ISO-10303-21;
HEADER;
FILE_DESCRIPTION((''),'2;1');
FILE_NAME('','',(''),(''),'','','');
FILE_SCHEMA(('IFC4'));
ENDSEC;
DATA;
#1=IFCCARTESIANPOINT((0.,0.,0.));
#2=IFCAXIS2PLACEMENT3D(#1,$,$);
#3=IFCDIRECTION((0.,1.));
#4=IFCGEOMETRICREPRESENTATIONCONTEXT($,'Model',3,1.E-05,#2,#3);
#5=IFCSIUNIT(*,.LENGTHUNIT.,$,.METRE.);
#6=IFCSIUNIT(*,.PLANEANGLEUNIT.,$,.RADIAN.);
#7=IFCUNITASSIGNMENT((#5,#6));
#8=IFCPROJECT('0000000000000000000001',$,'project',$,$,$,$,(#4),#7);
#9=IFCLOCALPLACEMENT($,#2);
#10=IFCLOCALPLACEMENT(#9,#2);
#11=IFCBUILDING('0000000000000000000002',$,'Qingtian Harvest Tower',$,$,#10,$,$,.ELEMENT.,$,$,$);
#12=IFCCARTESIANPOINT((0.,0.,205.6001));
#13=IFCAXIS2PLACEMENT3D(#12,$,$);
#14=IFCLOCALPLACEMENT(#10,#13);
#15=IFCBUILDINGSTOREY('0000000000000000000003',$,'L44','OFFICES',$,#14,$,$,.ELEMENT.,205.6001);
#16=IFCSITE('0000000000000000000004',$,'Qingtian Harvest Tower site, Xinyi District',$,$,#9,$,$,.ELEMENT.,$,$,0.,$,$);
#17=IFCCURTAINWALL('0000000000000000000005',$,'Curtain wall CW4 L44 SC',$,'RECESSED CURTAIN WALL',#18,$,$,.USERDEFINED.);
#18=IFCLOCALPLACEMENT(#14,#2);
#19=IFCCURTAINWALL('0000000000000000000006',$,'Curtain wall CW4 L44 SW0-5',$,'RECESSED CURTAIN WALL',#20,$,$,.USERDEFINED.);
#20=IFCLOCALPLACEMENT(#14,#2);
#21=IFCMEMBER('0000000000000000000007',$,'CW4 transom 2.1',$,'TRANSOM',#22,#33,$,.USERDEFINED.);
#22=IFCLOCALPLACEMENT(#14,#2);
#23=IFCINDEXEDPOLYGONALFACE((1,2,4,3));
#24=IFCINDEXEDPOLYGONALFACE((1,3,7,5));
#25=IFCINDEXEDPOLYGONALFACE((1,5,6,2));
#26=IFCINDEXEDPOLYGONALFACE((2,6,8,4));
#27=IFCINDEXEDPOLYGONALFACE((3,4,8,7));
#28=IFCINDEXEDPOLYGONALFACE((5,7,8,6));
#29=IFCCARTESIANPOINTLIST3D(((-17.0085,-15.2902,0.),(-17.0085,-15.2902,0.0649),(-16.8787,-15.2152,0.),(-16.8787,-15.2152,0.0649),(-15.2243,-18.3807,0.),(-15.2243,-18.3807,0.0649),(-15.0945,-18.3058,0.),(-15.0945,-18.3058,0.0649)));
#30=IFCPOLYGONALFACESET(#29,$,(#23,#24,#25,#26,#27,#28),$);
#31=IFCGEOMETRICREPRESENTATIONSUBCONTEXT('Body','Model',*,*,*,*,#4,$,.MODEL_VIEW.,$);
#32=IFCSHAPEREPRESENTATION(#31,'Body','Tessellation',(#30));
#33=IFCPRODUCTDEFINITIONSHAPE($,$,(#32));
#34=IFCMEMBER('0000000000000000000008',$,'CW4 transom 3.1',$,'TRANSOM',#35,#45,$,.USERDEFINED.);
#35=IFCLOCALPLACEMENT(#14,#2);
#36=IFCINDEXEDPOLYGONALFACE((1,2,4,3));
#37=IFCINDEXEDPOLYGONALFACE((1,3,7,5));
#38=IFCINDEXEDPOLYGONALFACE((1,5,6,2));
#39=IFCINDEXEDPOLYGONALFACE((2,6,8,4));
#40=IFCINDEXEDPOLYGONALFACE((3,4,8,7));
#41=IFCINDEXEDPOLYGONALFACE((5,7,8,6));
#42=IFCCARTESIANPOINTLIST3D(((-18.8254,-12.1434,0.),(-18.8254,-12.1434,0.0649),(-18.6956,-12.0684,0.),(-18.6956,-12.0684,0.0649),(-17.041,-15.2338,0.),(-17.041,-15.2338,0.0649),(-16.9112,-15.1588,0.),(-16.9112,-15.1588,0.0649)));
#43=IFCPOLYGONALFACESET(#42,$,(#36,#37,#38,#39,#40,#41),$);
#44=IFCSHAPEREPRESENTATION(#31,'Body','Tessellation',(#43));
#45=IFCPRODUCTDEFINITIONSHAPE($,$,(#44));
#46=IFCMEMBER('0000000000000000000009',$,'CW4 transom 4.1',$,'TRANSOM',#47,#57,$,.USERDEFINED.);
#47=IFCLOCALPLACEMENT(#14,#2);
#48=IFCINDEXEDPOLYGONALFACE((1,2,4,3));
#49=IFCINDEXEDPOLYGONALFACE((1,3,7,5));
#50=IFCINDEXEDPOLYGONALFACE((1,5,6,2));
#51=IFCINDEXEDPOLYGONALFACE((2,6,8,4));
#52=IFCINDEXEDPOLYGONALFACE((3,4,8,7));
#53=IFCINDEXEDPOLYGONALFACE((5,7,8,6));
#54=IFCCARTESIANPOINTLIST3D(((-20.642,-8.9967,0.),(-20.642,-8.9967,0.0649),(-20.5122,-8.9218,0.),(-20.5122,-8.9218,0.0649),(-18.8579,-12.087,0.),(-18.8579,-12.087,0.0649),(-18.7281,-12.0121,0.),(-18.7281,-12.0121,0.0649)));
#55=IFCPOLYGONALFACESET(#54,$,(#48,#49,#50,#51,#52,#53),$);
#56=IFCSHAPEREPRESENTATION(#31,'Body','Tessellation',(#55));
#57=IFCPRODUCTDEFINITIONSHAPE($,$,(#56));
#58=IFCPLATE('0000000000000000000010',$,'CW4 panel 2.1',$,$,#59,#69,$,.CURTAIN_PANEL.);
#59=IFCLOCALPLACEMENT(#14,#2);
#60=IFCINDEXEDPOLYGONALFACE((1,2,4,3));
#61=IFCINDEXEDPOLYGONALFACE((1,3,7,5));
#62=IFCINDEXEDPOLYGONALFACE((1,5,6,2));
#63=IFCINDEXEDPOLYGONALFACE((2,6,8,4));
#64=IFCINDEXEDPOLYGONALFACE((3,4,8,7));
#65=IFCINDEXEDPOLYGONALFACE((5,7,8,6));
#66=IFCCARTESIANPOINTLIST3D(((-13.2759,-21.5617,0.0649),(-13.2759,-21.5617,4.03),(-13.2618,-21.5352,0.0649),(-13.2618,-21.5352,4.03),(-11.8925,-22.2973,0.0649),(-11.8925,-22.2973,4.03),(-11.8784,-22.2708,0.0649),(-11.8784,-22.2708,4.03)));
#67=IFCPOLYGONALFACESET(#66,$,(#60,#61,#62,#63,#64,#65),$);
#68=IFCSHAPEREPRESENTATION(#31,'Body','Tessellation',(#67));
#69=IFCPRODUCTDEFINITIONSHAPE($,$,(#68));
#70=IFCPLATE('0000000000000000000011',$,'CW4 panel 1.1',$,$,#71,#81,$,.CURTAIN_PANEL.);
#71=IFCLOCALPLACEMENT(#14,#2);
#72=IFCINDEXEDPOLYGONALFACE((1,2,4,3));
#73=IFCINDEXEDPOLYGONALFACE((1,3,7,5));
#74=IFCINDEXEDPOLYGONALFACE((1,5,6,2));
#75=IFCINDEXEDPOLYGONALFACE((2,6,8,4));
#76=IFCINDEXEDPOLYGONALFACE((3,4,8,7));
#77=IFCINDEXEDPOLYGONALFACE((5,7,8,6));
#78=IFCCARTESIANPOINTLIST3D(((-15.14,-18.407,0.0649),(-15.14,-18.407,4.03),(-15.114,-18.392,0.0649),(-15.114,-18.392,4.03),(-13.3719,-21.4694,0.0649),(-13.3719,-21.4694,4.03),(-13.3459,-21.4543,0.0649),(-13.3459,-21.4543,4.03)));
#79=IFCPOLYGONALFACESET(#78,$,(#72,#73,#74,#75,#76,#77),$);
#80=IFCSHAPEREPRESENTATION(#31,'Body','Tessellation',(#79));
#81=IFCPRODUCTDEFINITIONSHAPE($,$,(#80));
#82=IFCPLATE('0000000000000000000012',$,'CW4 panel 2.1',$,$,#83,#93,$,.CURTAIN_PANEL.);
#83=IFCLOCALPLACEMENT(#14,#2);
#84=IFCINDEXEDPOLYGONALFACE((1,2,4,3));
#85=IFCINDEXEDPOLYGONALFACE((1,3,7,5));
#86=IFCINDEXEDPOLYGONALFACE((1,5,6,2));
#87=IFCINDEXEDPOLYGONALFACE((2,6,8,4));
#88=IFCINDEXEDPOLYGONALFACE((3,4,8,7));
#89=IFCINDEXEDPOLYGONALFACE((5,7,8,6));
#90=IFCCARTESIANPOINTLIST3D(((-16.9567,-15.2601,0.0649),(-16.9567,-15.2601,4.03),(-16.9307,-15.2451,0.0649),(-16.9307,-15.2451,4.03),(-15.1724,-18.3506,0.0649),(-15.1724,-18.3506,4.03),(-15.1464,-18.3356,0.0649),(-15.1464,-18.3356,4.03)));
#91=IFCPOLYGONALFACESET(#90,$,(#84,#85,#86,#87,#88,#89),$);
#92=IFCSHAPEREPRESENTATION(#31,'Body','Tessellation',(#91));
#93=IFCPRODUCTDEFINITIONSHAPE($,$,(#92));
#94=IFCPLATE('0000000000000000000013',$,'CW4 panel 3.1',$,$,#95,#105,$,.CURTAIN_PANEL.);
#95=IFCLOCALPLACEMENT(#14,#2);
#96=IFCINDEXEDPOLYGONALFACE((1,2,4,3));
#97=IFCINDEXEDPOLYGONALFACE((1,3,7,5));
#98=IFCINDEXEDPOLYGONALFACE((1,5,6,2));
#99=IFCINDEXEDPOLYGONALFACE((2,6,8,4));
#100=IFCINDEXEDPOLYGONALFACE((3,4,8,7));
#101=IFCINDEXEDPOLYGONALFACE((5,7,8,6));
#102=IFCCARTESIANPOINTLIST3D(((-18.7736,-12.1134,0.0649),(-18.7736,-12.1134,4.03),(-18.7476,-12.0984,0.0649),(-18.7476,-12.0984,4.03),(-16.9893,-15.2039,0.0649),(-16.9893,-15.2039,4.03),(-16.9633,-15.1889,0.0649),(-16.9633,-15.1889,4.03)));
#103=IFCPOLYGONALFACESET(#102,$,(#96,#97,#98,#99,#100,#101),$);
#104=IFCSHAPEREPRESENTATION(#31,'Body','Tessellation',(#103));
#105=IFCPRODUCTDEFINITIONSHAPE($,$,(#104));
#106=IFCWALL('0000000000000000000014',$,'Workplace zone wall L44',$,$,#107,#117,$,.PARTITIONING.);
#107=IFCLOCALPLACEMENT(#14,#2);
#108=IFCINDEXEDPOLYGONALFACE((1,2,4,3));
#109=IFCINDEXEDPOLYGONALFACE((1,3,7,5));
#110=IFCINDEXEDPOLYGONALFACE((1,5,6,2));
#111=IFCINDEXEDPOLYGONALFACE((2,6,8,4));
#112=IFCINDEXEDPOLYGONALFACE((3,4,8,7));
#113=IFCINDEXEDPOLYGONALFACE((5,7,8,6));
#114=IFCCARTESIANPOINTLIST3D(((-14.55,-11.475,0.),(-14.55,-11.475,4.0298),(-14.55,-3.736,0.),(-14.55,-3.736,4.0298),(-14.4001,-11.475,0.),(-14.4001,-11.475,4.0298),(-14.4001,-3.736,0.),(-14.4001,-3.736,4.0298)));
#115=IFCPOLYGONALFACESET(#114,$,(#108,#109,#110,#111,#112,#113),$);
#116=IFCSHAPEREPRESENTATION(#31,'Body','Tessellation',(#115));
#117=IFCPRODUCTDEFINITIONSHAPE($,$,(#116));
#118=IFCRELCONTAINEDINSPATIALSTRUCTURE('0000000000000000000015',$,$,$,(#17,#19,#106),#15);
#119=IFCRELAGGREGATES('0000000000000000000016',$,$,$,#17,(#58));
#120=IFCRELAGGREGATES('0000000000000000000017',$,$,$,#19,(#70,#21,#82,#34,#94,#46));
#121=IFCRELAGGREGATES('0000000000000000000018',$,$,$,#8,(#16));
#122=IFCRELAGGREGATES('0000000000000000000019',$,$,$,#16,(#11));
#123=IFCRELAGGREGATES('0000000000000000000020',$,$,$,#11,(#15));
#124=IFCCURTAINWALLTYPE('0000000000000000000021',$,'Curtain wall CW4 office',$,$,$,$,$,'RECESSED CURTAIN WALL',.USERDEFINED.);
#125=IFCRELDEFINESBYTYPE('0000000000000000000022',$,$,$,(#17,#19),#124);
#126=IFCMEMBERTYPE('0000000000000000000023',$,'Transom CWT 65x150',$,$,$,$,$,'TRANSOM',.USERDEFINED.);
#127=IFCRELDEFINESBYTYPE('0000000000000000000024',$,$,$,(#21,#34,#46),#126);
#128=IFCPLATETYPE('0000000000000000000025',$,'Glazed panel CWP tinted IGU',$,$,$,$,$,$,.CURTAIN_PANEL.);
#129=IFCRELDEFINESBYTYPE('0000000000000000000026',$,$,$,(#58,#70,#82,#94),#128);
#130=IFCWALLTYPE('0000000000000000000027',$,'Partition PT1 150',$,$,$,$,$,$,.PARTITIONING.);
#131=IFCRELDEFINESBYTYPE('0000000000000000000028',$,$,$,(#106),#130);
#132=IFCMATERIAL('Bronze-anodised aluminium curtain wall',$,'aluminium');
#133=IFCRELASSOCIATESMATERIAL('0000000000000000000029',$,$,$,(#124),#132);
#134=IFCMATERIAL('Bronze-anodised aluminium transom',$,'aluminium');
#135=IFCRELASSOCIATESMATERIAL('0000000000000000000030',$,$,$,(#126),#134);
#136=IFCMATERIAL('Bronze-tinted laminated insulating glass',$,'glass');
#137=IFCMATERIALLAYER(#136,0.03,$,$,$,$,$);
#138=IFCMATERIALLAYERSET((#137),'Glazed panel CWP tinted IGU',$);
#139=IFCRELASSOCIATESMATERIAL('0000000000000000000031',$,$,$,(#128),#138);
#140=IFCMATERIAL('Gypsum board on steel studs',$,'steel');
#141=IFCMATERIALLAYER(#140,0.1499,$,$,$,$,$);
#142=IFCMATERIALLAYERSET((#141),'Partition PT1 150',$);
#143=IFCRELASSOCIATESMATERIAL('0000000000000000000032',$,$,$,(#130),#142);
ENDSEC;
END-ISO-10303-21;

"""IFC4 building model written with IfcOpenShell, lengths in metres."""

from ifc_helpers import new_model, si_unit, direction, frame, frame_2d, origin, origin_2d, place, context, subcontext, project, spatial, rectangle, extrude, material, layer, layer_set, material_profile, profile_set, type_object, element, aggregate, save


model = new_model("IFC4")

# Units and contexts
model_context = context("Model", 3, precision=1e-05, world=origin(), true_north=direction((0.0, 1.0)))
body_context = subcontext(model_context, "Body", "Model", "MODEL_VIEW")
ifc_project = project(units=[si_unit("LENGTHUNIT", "METRE"), si_unit("PLANEANGLEUNIT", "RADIAN")], contexts=[model_context])

# Site, building, storey
site_placement = place(None, origin())
site = spatial("IfcSite", under=ifc_project, at=site_placement, Name="Qingtian Harvest Tower site, Xinyi District", CompositionType="ELEMENT", RefElevation=0.0)
building_placement = place(site_placement, origin())
building = spatial("IfcBuilding", under=site, at=building_placement, Name="Qingtian Harvest Tower", CompositionType="ELEMENT")
storey_placement = place(building_placement, frame((0.0, 0.0, 205.6001)))
storey = spatial("IfcBuildingStorey", under=building, at=storey_placement, Name="L44", Description="OFFICES", CompositionType="ELEMENT", Elevation=205.6001)

# Curtain wall
ifc_material_1 = material(Name="Bronze-anodised aluminium curtain wall", Category="aluminium")
curtain_wall_type = type_object("IfcCurtainWallType", Name="Curtain wall CW4 office", ElementType="RECESSED CURTAIN WALL", PredefinedType="USERDEFINED", material=ifc_material_1)
curtain_wall_1_placement = place(storey_placement, origin())
curtain_wall_1 = element("IfcCurtainWall", 1, at=curtain_wall_1_placement, inside=storey, type_object=curtain_wall_type, Name="Curtain wall CW4 L44 SC", ObjectType="RECESSED CURTAIN WALL", PredefinedType="USERDEFINED")

# Curtain wall
curtain_wall_2_placement = place(storey_placement, origin())
curtain_wall_2 = element("IfcCurtainWall", 2, at=curtain_wall_2_placement, inside=storey, type_object=curtain_wall_type, Name="Curtain wall CW4 L44 SW0-5", ObjectType="RECESSED CURTAIN WALL", PredefinedType="USERDEFINED")

# Members
ifc_material_2 = material(Name="Bronze-anodised aluminium transom", Category="aluminium")
ifc_material_profile_1 = material_profile(ifc_material_2, rectangle(XDim=0.1499, YDim=0.0649, at=origin_2d()), Name="AL 65x150")
ifc_profile_set_1 = profile_set([ifc_material_profile_1], Name="Bronze-anodised aluminium transom")
member_type_1 = type_object("IfcMemberType", Name="Transom CWT 65x150", ElementType="TRANSOM", PredefinedType="USERDEFINED", material=ifc_profile_set_1)
member_1_placement = place(storey_placement, frame((-15.1594, -18.3433, 0.0325), z_axis=(-0.499965, 0.866045, 0.0), x_axis=(-0.866045, -0.499965, 0.0)))
member_1 = element("IfcMember", 3, at=member_1_placement, type_object=member_type_1, Name="CW4 transom 2.1", ObjectType="TRANSOM", PredefinedType="USERDEFINED", context=body_context, shape_type="SweptSolid", body=[
    extrude(rectangle(XDim=0.1499, YDim=0.0649, at=origin_2d()), origin(), (0.0, 0.0, 1.0), 3.5686),
])
member_2_placement = place(storey_placement, frame((-16.9761, -15.1963, 0.0325), z_axis=(-0.500046, 0.865999, 0.0), x_axis=(-0.865999, -0.500046, 0.0)))
member_2 = element("IfcMember", 4, at=member_2_placement, type_object=member_type_1, Name="CW4 transom 3.1", ObjectType="TRANSOM", PredefinedType="USERDEFINED", context=body_context, shape_type="SweptSolid", body=[
    extrude(rectangle(XDim=0.1499, YDim=0.0649, at=origin_2d()), origin(), (0.0, 0.0, 1.0), 3.5686),
])
member_3_placement = place(storey_placement, frame((-18.793, -12.0496, 0.0325), z_axis=(-0.499995, 0.866028, 0.0), x_axis=(-0.866028, -0.499995, 0.0)))
member_3 = element("IfcMember", 5, at=member_3_placement, type_object=member_type_1, Name="CW4 transom 4.1", ObjectType="TRANSOM", PredefinedType="USERDEFINED", context=body_context, shape_type="SweptSolid", body=[
    extrude(rectangle(XDim=0.1499, YDim=0.0649, at=origin_2d()), origin(), (0.0, 0.0, 1.0), 3.5684),
])

# Plates
ifc_material_3 = material(Name="Bronze-tinted laminated insulating glass", Category="glass")
ifc_layer_1 = layer(ifc_material_3, 0.03)
ifc_layer_set_1 = layer_set([ifc_layer_1], Name="Glazed panel CWP tinted IGU")
plate_type = type_object("IfcPlateType", Name="Glazed panel CWP tinted IGU", PredefinedType="CURTAIN_PANEL", material=ifc_layer_set_1)
plate_1_placement = place(storey_placement, frame((-12.5771, -21.9163, 0.0649), z_axis=(0.0, 0.0, 1.0), x_axis=(-0.882948, 0.469472, 0.0)))
plate_1 = element("IfcPlate", 6, at=plate_1_placement, type_object=plate_type, Name="CW4 panel 2.1", PredefinedType="CURTAIN_PANEL", context=body_context, shape_type="SweptSolid", body=[
    extrude(rectangle(XDim=1.5669, YDim=0.03, at=origin_2d()), origin(), (0.0, 0.0, 1.0), 3.9651),
])
aggregate(curtain_wall_1, [plate_1])
plate_2_placement = place(storey_placement, frame((-14.2429, -19.9307, 0.0649), z_axis=(0.0, 0.0, 1.0), x_axis=(-0.5, 0.866025, 0.0)))
plate_2 = element("IfcPlate", 7, at=plate_2_placement, type_object=plate_type, Name="CW4 panel 1.1", PredefinedType="CURTAIN_PANEL", context=body_context, shape_type="SweptSolid", body=[
    extrude(rectangle(XDim=3.5361, YDim=0.03, at=origin_2d()), origin(), (0.0, 0.0, 1.0), 3.9651),
])
plate_3_placement = place(storey_placement, frame((-16.0515, -16.7979, 0.0649), z_axis=(0.0, 0.0, 1.0), x_axis=(-0.5, 0.866025, 0.0)))
plate_3 = element("IfcPlate", 8, at=plate_3_placement, type_object=plate_type, Name="CW4 panel 2.1", PredefinedType="CURTAIN_PANEL", context=body_context, shape_type="SweptSolid", body=[
    extrude(rectangle(XDim=3.5686, YDim=0.03, at=origin_2d()), origin(), (0.0, 0.0, 1.0), 3.9651),
])
plate_4_placement = place(storey_placement, frame((-17.8684, -13.6511, 0.0649), z_axis=(0.0, 0.0, 1.0), x_axis=(-0.5, 0.866025, 0.0)))
plate_4 = element("IfcPlate", 9, at=plate_4_placement, type_object=plate_type, Name="CW4 panel 3.1", PredefinedType="CURTAIN_PANEL", context=body_context, shape_type="SweptSolid", body=[
    extrude(rectangle(XDim=3.5686, YDim=0.03, at=origin_2d()), origin(), (0.0, 0.0, 1.0), 3.9651),
])
aggregate(curtain_wall_2, [plate_2, member_1, plate_3, member_2, plate_4, member_3])

# Wall
ifc_material_4 = material(Name="Gypsum board on steel studs", Category="steel")
ifc_layer_2 = layer(ifc_material_4, 0.1499)
ifc_layer_set_2 = layer_set([ifc_layer_2], Name="Partition PT1 150")
wall_type = type_object("IfcWallType", Name="Partition PT1 150", PredefinedType="PARTITIONING", material=ifc_layer_set_2)
wall_placement = place(storey_placement, frame((-14.4751, -11.4751, 0.0), z_axis=(0.0, 0.0, 1.0), x_axis=(0.0, 1.0, 0.0)))
element("IfcWall", 10, at=wall_placement, inside=storey, type_object=wall_type, Name="Workplace zone wall L44", PredefinedType="PARTITIONING", context=body_context, shape_type="SweptSolid", body=[
    extrude(rectangle(XDim=7.739, YDim=0.1499, at=frame_2d((3.8696, 0.0))), origin(), (0.0, 0.0, 1.0), 4.0298),
])

save(model, "model.ifc")
